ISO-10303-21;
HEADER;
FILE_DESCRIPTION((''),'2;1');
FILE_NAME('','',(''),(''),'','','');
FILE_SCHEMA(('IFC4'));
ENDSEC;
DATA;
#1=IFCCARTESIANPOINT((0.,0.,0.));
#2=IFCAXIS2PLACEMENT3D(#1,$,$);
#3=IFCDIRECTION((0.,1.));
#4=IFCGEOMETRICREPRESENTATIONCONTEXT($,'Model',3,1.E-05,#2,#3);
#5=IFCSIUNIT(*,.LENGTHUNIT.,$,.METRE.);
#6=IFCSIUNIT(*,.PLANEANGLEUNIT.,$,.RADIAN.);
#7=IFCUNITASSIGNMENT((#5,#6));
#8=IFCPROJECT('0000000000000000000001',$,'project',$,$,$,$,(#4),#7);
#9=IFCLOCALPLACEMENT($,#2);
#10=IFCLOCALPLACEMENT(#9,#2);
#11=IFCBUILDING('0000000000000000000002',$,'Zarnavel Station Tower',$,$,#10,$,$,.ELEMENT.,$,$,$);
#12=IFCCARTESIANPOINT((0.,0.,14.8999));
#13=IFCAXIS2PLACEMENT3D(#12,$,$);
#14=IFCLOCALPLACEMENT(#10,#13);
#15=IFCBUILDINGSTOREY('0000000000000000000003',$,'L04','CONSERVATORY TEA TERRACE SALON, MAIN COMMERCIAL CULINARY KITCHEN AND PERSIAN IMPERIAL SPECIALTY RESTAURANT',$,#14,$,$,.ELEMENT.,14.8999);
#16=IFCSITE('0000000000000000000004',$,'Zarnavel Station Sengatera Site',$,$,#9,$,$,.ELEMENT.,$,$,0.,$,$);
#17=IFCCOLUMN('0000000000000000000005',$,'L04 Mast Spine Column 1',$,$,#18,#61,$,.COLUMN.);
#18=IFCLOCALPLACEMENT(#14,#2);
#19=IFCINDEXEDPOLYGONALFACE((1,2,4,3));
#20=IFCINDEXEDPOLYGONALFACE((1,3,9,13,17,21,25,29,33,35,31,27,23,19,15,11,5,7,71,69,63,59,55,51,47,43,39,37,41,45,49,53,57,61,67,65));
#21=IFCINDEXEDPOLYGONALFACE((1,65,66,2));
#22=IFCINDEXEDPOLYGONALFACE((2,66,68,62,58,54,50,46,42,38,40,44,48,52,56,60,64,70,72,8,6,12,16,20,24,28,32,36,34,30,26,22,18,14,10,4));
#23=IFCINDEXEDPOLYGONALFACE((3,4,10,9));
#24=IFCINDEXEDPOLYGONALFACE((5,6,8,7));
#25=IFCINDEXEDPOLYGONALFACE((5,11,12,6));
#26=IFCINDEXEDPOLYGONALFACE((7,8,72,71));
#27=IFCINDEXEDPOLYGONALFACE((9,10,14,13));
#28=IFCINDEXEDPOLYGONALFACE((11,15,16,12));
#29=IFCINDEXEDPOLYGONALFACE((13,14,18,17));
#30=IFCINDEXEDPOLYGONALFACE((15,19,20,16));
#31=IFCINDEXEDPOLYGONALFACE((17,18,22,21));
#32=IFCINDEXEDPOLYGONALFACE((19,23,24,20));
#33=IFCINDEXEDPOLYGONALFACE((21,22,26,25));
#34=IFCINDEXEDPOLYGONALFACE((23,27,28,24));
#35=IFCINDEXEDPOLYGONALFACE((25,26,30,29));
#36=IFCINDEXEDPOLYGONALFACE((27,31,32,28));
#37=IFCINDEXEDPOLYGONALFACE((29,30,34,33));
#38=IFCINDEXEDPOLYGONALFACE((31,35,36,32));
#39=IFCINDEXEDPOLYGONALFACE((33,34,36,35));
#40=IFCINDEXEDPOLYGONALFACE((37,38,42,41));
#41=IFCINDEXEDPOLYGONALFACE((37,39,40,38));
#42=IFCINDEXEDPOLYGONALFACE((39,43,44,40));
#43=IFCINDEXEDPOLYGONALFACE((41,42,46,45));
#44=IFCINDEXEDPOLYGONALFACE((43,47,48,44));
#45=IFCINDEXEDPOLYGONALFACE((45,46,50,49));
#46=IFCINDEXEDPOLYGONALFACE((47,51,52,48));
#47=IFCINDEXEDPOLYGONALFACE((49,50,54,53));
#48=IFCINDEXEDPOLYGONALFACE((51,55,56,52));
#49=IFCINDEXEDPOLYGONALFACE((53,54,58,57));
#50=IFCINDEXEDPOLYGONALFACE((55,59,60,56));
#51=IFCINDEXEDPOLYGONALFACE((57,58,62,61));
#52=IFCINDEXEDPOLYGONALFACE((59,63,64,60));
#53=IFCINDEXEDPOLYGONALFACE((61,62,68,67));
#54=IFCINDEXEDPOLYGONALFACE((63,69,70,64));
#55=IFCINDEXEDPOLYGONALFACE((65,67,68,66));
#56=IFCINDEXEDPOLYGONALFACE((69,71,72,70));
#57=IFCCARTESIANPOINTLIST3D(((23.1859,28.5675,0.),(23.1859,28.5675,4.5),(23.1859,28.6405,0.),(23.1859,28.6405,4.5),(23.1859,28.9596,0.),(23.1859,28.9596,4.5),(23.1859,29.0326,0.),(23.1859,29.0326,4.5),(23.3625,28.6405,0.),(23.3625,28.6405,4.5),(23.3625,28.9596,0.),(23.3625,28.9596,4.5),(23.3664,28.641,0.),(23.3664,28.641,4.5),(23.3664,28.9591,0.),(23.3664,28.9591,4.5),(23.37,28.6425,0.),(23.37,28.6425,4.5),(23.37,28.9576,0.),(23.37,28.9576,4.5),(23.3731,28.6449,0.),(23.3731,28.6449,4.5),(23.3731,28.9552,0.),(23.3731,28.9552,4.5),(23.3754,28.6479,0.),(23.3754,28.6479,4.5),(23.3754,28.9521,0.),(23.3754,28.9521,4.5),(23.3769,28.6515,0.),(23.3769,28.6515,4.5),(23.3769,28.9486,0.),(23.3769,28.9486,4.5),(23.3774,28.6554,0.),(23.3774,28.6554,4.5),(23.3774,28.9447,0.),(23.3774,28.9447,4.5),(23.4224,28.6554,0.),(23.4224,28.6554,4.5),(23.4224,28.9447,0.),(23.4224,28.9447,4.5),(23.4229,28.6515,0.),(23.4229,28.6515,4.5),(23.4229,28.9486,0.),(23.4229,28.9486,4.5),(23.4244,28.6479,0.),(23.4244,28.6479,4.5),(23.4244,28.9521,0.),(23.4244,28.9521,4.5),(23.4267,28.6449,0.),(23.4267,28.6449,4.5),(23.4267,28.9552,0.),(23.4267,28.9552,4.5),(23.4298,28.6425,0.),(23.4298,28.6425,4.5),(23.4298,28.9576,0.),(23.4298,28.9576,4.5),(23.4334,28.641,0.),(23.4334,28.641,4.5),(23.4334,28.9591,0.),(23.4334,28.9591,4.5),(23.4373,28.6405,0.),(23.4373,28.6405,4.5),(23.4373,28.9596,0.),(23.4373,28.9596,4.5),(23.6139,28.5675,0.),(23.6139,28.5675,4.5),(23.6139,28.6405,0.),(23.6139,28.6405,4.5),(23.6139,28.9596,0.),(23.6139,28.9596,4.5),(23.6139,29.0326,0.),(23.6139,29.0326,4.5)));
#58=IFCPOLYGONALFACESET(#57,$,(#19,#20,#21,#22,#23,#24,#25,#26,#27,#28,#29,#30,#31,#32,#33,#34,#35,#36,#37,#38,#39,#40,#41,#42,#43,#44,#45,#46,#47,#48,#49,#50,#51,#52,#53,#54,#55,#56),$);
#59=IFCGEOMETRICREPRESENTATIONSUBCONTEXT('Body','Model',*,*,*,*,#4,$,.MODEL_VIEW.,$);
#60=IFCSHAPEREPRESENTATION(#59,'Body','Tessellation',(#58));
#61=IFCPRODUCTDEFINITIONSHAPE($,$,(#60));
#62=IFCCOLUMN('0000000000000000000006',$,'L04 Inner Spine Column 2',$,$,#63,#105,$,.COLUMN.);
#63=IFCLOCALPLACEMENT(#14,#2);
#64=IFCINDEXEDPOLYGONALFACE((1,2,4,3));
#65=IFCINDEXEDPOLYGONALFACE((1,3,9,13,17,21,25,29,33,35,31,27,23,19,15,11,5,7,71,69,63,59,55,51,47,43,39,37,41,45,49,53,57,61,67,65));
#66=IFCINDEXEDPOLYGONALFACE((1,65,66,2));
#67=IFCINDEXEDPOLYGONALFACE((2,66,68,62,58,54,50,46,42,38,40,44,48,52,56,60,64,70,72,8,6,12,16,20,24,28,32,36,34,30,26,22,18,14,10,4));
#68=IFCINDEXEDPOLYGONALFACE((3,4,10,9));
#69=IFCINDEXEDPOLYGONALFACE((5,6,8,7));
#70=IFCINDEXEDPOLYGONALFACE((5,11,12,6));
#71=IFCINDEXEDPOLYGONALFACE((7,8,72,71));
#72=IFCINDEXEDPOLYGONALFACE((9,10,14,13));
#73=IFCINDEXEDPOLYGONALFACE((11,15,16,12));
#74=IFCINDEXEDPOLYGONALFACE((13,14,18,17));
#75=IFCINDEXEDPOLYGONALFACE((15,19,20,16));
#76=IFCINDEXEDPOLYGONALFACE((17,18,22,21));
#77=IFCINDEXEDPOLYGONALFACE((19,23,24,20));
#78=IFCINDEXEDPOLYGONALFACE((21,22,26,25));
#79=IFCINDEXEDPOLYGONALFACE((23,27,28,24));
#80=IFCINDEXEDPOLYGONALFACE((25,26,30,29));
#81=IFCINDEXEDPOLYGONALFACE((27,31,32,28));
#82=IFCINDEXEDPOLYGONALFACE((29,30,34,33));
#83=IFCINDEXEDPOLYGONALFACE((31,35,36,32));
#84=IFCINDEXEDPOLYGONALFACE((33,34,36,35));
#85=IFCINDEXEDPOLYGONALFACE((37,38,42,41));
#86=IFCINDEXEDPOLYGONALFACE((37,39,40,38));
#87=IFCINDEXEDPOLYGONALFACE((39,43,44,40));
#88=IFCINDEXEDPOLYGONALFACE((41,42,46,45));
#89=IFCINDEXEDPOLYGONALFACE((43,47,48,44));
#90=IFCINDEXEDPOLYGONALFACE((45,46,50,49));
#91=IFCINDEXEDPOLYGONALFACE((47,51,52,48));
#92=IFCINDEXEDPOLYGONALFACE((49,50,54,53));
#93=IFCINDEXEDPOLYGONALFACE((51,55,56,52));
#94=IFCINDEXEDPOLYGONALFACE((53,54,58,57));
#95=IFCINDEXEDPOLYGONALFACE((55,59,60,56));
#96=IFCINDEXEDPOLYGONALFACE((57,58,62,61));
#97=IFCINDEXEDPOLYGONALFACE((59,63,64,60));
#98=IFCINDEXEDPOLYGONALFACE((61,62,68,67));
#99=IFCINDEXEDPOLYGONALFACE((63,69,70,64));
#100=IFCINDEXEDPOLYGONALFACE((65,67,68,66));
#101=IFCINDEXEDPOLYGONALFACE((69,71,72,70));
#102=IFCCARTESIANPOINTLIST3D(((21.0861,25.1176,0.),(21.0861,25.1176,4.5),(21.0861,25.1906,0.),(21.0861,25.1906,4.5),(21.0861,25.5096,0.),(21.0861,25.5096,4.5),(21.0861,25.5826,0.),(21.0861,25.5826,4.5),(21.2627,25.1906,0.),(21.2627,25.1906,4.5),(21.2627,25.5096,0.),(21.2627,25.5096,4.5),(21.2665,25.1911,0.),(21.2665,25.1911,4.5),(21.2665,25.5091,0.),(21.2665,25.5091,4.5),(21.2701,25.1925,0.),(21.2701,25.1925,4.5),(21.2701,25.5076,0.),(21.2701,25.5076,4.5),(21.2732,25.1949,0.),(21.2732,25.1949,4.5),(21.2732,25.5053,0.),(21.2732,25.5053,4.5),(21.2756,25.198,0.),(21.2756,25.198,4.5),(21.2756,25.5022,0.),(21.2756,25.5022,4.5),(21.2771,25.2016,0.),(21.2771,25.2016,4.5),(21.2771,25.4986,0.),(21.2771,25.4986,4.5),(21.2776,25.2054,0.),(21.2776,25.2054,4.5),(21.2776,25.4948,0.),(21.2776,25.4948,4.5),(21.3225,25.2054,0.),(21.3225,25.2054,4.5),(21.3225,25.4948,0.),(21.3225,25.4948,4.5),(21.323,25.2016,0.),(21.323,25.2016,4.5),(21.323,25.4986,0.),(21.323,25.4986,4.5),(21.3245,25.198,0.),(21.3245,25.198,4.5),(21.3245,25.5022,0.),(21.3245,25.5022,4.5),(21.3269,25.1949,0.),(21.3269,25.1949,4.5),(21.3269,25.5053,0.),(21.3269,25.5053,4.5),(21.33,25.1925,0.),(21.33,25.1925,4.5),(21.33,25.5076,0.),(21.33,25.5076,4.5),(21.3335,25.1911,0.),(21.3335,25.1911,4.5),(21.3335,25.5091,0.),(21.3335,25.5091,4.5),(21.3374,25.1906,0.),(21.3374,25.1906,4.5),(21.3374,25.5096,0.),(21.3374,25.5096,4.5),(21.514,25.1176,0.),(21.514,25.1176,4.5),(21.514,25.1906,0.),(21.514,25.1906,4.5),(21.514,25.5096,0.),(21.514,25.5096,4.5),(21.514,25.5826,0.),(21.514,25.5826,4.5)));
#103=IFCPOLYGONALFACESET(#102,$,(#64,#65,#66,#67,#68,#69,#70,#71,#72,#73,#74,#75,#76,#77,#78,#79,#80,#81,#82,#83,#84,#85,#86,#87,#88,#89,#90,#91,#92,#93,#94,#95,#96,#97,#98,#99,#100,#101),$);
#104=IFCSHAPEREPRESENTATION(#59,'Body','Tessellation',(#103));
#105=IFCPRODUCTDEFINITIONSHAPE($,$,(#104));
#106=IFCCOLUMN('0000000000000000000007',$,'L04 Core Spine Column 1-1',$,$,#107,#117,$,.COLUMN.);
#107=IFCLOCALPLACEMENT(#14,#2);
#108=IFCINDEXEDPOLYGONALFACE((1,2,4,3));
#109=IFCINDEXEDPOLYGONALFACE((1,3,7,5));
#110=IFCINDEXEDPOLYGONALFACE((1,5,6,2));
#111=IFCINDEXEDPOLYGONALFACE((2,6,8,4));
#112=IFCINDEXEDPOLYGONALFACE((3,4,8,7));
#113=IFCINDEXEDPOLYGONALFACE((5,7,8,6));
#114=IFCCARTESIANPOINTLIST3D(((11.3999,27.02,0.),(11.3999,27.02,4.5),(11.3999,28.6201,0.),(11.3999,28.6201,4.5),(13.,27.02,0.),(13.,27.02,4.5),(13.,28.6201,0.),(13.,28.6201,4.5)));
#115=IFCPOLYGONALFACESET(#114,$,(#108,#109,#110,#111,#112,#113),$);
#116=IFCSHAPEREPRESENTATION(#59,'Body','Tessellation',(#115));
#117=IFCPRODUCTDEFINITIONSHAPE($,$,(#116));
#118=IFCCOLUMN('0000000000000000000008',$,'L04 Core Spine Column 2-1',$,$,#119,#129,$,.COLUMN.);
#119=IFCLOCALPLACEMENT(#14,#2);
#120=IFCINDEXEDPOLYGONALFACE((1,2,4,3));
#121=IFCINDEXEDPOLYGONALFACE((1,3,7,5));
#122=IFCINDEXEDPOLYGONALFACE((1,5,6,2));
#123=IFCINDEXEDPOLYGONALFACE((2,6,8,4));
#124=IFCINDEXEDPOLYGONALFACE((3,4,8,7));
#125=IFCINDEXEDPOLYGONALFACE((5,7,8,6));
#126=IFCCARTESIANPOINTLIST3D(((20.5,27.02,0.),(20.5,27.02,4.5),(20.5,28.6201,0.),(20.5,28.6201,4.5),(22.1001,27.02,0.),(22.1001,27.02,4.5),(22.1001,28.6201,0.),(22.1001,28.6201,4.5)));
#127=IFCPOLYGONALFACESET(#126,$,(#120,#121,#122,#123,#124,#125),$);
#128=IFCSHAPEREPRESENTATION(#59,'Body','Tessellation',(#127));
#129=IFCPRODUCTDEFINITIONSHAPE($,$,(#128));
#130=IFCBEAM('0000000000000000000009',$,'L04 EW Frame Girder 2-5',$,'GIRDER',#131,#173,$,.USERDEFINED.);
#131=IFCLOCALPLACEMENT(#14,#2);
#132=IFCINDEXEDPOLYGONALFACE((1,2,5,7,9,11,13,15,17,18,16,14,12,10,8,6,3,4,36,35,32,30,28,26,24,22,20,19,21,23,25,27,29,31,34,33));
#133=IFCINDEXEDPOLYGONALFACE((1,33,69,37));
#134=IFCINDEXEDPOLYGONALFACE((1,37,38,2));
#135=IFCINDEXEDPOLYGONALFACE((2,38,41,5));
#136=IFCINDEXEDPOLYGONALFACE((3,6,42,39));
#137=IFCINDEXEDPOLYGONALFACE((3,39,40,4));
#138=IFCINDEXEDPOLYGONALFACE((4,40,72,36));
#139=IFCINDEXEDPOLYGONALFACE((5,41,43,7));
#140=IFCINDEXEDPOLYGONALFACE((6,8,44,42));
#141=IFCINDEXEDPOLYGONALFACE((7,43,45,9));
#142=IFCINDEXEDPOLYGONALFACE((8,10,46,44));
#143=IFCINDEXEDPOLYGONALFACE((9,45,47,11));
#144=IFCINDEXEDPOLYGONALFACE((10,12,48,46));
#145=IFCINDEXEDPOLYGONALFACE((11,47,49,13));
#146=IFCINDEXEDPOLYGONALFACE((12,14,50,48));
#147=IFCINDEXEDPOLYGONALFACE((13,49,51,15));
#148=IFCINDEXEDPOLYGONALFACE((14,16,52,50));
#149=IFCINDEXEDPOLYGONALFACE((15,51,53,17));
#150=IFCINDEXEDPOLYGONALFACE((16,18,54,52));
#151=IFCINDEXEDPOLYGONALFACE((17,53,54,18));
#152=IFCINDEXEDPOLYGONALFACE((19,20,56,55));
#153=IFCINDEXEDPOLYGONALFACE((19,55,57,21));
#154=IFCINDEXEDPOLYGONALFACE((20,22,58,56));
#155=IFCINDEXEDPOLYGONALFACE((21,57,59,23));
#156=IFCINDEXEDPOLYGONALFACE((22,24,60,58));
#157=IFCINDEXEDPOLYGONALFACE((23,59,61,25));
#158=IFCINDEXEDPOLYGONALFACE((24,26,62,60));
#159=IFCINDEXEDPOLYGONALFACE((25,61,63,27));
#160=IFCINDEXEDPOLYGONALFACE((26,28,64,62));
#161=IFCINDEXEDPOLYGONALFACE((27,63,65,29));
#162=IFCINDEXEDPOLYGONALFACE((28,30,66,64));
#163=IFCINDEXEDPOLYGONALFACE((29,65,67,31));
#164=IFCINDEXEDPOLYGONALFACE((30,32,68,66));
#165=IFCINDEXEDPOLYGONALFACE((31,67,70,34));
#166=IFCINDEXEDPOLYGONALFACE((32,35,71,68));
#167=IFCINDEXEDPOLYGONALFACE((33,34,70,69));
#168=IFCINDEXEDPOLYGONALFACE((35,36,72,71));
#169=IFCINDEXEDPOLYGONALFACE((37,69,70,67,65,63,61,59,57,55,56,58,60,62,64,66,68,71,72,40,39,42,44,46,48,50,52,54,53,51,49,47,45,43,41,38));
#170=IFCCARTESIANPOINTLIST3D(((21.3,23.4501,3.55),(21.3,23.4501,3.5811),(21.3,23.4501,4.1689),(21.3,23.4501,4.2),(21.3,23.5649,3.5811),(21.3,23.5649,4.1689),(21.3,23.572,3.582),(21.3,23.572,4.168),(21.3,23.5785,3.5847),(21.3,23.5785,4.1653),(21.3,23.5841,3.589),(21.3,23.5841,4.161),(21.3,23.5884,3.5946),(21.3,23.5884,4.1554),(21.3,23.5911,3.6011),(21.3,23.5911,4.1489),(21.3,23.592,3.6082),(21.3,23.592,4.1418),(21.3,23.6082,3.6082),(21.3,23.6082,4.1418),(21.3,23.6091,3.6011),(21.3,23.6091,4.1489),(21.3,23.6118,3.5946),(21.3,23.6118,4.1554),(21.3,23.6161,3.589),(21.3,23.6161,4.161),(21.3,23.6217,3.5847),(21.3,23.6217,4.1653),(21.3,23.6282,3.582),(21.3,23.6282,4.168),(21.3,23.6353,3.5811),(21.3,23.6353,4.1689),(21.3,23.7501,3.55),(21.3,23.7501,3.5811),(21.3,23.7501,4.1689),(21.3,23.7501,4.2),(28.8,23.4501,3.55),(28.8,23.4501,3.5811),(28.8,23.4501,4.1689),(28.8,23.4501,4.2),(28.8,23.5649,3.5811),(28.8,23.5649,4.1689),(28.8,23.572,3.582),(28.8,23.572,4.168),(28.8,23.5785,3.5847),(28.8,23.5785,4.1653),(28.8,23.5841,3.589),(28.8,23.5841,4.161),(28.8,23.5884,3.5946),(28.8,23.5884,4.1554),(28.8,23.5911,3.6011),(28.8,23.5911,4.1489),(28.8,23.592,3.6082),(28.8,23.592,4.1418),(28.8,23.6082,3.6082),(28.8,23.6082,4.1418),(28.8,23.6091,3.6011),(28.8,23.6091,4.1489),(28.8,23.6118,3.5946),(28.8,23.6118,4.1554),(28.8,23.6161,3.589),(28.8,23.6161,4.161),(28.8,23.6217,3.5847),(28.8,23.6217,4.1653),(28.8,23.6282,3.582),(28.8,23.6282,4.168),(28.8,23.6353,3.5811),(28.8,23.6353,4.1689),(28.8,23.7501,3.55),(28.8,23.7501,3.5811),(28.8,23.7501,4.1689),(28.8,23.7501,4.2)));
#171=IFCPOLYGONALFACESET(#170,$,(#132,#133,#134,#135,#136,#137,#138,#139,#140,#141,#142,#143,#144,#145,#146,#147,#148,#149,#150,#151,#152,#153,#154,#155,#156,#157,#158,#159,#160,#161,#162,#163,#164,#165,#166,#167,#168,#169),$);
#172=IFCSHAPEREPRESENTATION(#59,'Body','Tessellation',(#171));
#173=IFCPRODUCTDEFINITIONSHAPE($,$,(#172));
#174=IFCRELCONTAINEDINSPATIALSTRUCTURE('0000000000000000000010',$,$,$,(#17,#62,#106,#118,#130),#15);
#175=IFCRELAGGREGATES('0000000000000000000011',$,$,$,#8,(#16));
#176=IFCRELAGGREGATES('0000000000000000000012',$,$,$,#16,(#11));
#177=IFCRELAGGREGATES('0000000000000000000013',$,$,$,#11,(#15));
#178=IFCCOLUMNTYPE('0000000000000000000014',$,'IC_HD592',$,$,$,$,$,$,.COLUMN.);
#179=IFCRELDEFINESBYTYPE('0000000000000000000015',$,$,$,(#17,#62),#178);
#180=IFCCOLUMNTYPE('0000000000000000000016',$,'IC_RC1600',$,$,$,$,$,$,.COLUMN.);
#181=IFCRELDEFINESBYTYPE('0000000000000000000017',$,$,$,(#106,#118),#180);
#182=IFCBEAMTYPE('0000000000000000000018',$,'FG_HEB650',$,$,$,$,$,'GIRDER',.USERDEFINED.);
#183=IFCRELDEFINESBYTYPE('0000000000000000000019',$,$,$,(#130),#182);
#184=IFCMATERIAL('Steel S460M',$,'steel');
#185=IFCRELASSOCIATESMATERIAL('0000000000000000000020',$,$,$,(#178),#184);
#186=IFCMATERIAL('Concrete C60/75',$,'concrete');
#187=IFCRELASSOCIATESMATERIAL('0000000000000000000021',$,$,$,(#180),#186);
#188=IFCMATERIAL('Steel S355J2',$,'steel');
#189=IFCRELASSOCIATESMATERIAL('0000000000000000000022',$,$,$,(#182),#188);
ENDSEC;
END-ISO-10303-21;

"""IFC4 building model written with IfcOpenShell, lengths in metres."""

from ifc_helpers import new_model, si_unit, direction, frame, origin, origin_2d, place, context, subcontext, project, spatial, rectangle, i_section, extrude, material, material_profile, profile_set, type_object, element, save


model = new_model("IFC4")

# Units and contexts
model_context = context("Model", 3, precision=1e-05, world=origin(), true_north=direction((0.0, 1.0)))
body_context = subcontext(model_context, "Body", "Model", "MODEL_VIEW")
ifc_project = project(units=[si_unit("LENGTHUNIT", "METRE"), si_unit("PLANEANGLEUNIT", "RADIAN")], contexts=[model_context])

# Site, building, storey
site_placement = place(None, origin())
site = spatial("IfcSite", under=ifc_project, at=site_placement, Name="Zarnavel Station Sengatera Site", CompositionType="ELEMENT", RefElevation=0.0)
building_placement = place(site_placement, origin())
building = spatial("IfcBuilding", under=site, at=building_placement, Name="Zarnavel Station Tower", CompositionType="ELEMENT")
storey_placement = place(building_placement, frame((0.0, 0.0, 14.8999)))
storey = spatial("IfcBuildingStorey", under=building, at=storey_placement, Name="L04", Description="CONSERVATORY TEA TERRACE SALON, MAIN COMMERCIAL CULINARY KITCHEN AND PERSIAN IMPERIAL SPECIALTY RESTAURANT", CompositionType="ELEMENT", Elevation=14.8999)

# Columns
ifc_material_1 = material(Name="Steel S460M", Category="steel")
ifc_material_profile_1 = material_profile(ifc_material_1, i_section(OverallWidth=0.428, OverallDepth=0.4651, WebThickness=0.0449, FlangeThickness=0.073, FilletRadius=0.0149, at=origin_2d()), Name="HD400x592")
ifc_profile_set_1 = profile_set([ifc_material_profile_1], Name="Steel S460M")
column_type_1 = type_object("IfcColumnType", Name="IC_HD592", PredefinedType="COLUMN", material=ifc_profile_set_1)
for number, where, z_axis, x_axis, name in (
    (1, (23.3999, 28.8, 0.0), (0.0, 0.0, 1.0), (1.0, 0.0, 0.0), "L04 Mast Spine Column 1"),
    (2, (21.3, 25.3501, 0.0), (0.0, 0.0, 1.0), (1.0, 0.0, 0.0), "L04 Inner Spine Column 2"),
):
    element("IfcColumn", number, at=place(storey_placement, frame(where, z_axis=z_axis, x_axis=x_axis)), inside=storey, type_object=column_type_1, Name=name, PredefinedType="COLUMN", context=body_context, shape_type="SweptSolid", body=[
        extrude(i_section(OverallWidth=0.428, OverallDepth=0.4651, WebThickness=0.0449, FlangeThickness=0.073, FilletRadius=0.0149, at=origin_2d()), origin(), (0.0, 0.0, 1.0), 4.5),
    ])
ifc_material_2 = material(Name="Concrete C60/75", Category="concrete")
ifc_material_profile_2 = material_profile(ifc_material_2, rectangle(XDim=1.6001, YDim=1.6001, at=origin_2d()), Name="RC1600x1600")
ifc_profile_set_2 = profile_set([ifc_material_profile_2], Name="Concrete C60/75")
column_type_2 = type_object("IfcColumnType", Name="IC_RC1600", PredefinedType="COLUMN", material=ifc_profile_set_2)
for number, where, z_axis, x_axis, name in (
    (3, (12.2, 27.8201, 0.0), (0.0, 0.0, 1.0), (1.0, 0.0, 0.0), "L04 Core Spine Column 1-1"),
    (4, (21.3, 27.8201, 0.0), (0.0, 0.0, 1.0), (1.0, 0.0, 0.0), "L04 Core Spine Column 2-1"),
):
    element("IfcColumn", number, at=place(storey_placement, frame(where, z_axis=z_axis, x_axis=x_axis)), inside=storey, type_object=column_type_2, Name=name, PredefinedType="COLUMN", context=body_context, shape_type="SweptSolid", body=[
        extrude(rectangle(XDim=1.6001, YDim=1.6001, at=origin_2d()), origin(), (0.0, 0.0, 1.0), 4.5),
    ])

# Beam
ifc_material_3 = material(Name="Steel S355J2", Category="steel")
ifc_material_profile_3 = material_profile(ifc_material_3, i_section(OverallWidth=0.3, OverallDepth=0.6499, WebThickness=0.0161, FlangeThickness=0.031, FilletRadius=0.0271, at=origin_2d()), Name="HEB650")
ifc_profile_set_3 = profile_set([ifc_material_profile_3], Name="Steel S355J2")
beam_type_1 = type_object("IfcBeamType", Name="FG_HEB650", ElementType="GIRDER", PredefinedType="USERDEFINED", material=ifc_profile_set_3)
beam_1_placement = place(storey_placement, frame((21.3, 23.6001, 3.875), z_axis=(1.0, 0.0, 0.0), x_axis=(0.0, 1.0, 0.0)))
element("IfcBeam", 5, at=beam_1_placement, inside=storey, type_object=beam_type_1, Name="L04 EW Frame Girder 2-5", ObjectType="GIRDER", PredefinedType="USERDEFINED", context=body_context, shape_type="SweptSolid", body=[
    extrude(i_section(OverallWidth=0.3, OverallDepth=0.6499, WebThickness=0.0161, FlangeThickness=0.031, FilletRadius=0.0271, at=origin_2d()), origin(), (0.0, 0.0, 1.0), 7.5),
])

save(model, "model.ifc")
